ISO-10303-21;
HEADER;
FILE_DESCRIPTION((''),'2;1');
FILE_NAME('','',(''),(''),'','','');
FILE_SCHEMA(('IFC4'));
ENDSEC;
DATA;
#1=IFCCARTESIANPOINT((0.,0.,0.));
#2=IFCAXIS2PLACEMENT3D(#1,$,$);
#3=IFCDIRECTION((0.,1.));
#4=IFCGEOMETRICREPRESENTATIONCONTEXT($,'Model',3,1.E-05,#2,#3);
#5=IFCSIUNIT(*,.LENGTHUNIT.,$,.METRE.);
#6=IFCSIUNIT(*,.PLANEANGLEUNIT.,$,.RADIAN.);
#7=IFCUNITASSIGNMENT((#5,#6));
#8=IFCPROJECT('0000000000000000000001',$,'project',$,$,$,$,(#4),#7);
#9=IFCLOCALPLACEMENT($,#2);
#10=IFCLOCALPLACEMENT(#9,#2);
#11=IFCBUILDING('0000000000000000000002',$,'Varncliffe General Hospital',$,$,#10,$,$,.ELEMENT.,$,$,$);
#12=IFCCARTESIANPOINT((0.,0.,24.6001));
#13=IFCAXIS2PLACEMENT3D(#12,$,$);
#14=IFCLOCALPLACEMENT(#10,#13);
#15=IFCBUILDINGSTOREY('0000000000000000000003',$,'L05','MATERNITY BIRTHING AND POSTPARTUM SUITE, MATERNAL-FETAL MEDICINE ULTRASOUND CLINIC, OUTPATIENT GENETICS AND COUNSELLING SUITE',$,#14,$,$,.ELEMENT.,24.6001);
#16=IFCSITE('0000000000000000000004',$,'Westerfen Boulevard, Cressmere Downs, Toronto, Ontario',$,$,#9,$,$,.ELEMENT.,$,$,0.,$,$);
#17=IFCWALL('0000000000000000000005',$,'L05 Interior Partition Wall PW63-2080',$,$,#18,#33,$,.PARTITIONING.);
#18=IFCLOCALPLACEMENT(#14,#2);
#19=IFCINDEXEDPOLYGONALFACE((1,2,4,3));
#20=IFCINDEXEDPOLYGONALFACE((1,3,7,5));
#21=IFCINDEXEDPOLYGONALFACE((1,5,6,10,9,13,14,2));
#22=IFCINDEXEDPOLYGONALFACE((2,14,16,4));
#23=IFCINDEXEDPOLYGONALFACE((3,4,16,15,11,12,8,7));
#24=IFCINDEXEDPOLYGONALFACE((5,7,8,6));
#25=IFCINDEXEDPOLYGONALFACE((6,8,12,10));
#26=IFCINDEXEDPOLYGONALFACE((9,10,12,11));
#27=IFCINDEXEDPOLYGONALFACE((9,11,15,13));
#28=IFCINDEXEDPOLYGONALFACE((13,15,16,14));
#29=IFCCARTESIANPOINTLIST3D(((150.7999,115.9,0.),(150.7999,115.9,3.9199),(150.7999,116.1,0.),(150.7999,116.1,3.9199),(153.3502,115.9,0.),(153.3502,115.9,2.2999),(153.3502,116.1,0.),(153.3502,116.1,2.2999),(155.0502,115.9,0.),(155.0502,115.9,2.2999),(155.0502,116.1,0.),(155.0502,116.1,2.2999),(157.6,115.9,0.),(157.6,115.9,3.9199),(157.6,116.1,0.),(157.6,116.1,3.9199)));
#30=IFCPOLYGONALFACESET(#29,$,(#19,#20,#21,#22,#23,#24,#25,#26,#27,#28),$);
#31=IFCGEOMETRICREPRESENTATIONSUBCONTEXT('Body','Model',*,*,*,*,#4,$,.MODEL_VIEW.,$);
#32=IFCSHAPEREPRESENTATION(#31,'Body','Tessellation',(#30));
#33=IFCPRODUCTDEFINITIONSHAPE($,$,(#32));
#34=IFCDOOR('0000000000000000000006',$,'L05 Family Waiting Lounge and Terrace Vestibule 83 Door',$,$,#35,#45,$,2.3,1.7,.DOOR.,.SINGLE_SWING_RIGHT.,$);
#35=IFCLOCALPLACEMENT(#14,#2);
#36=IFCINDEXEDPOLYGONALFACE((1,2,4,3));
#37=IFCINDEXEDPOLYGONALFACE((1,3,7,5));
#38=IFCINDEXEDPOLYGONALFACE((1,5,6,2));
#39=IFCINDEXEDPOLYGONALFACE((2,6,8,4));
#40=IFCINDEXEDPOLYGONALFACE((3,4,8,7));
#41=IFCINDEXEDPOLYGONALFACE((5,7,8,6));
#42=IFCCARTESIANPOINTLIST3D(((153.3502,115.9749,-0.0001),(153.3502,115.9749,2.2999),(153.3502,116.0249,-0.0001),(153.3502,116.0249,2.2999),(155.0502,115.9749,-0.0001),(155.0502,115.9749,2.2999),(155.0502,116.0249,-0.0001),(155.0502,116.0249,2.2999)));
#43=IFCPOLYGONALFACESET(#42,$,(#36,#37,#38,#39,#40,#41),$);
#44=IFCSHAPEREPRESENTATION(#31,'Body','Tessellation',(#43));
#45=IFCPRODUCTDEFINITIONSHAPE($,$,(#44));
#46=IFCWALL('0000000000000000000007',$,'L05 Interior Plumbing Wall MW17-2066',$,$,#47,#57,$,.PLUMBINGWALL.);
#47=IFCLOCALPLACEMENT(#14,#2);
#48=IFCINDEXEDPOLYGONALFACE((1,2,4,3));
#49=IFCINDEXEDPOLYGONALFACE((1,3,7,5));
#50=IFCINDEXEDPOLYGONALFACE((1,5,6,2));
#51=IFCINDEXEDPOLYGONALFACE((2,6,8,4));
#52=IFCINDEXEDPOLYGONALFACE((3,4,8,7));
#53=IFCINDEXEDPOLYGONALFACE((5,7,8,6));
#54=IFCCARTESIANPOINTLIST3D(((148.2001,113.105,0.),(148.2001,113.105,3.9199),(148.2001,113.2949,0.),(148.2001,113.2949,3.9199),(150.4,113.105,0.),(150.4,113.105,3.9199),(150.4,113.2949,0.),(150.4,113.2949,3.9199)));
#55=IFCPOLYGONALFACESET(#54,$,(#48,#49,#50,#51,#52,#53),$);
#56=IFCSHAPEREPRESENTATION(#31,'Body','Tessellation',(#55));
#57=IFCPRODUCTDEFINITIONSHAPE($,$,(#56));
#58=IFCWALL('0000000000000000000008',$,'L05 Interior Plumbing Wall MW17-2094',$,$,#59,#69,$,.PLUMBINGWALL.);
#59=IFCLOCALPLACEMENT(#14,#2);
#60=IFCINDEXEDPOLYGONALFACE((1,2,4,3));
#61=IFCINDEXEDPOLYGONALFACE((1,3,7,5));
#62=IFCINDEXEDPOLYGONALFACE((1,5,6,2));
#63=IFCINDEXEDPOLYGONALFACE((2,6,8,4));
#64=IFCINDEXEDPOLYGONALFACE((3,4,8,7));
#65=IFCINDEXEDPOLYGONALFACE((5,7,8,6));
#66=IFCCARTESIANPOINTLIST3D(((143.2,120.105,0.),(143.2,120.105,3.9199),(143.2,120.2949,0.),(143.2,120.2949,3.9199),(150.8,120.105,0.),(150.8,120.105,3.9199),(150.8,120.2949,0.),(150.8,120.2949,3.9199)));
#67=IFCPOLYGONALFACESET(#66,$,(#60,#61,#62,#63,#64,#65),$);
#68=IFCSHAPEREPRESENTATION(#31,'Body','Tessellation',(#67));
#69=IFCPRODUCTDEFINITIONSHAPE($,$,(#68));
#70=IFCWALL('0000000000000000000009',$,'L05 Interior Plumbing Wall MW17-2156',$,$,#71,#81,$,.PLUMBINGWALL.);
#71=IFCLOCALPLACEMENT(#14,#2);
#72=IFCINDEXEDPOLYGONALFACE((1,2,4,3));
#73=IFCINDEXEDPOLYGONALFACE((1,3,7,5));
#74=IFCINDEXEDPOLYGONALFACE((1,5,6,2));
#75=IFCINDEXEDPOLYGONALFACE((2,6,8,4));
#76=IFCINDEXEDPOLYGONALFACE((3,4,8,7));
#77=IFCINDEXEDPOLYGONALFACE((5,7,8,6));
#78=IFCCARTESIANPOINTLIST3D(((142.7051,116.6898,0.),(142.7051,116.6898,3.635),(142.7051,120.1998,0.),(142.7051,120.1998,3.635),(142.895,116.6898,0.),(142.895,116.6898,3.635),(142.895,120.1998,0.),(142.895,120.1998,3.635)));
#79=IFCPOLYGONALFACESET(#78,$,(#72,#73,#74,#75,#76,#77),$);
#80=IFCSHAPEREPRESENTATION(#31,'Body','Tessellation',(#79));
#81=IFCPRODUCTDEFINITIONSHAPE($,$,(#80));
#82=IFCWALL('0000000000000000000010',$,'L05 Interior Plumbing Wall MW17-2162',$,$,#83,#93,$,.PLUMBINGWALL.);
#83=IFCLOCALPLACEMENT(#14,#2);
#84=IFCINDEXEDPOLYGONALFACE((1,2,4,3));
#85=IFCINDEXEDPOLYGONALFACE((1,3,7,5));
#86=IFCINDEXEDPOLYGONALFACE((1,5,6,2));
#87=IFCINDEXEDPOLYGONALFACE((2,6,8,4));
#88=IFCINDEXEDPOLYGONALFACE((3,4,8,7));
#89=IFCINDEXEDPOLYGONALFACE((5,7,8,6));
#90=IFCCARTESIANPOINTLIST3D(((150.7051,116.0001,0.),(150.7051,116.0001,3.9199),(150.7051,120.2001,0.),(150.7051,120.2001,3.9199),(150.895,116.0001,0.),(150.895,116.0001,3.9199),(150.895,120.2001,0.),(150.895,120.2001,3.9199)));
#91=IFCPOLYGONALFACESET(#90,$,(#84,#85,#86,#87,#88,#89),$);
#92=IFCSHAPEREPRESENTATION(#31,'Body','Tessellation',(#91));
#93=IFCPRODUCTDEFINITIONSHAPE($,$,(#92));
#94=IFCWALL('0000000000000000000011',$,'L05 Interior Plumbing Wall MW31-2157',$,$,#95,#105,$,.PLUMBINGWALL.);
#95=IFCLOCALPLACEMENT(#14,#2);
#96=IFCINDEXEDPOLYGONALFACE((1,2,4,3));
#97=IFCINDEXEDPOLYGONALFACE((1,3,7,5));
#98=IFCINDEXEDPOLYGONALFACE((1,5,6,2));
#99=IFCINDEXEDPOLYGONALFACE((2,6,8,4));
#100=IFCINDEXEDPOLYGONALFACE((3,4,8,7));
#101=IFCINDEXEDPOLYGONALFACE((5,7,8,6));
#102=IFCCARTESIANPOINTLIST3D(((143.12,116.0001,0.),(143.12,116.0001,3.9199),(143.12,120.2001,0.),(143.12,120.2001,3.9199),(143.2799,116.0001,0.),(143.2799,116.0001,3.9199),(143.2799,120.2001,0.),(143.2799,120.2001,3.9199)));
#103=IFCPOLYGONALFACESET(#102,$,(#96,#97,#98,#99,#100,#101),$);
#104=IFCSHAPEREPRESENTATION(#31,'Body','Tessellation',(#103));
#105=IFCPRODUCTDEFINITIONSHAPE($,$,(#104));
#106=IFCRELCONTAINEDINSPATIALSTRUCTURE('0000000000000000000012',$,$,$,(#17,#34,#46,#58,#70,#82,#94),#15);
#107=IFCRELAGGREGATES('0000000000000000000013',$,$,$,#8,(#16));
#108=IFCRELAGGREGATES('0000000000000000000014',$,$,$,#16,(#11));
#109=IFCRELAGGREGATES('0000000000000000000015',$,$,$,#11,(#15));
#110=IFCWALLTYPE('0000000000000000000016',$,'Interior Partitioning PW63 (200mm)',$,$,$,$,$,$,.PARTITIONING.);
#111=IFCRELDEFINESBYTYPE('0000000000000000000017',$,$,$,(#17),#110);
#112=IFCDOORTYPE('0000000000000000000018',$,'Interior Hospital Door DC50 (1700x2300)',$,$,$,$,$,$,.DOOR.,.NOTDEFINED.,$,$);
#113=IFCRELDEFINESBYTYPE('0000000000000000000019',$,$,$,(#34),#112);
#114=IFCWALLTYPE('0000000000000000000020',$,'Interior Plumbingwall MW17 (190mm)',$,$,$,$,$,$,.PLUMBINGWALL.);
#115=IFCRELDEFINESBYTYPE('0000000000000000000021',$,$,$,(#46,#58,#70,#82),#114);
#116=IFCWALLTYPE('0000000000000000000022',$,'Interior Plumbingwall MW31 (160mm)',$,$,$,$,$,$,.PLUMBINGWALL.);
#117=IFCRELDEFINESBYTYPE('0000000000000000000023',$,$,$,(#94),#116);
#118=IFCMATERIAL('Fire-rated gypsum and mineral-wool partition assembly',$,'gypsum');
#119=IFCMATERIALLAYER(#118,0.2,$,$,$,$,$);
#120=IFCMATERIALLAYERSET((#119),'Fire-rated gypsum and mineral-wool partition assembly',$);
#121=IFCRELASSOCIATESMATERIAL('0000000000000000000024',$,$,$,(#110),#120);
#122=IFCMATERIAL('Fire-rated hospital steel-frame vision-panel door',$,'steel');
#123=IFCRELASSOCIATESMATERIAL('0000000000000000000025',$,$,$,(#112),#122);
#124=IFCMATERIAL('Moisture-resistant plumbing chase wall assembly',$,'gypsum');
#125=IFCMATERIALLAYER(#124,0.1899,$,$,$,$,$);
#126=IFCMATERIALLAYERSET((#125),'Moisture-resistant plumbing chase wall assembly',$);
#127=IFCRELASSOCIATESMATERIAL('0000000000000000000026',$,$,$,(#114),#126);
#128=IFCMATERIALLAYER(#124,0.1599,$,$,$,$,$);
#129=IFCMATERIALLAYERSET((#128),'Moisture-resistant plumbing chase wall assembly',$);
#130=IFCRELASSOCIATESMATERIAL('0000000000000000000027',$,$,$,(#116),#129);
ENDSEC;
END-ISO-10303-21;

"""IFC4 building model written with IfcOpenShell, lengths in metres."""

from ifc_helpers import new_model, si_unit, direction, frame, frame_2d, origin, place, context, subcontext, project, spatial, rectangle, extrude, material, layer, layer_set, type_object, element, fill, save


model = new_model("IFC4")

# Units and contexts
model_context = context("Model", 3, precision=1e-05, world=origin(), true_north=direction((0.0, 1.0)))
body_context = subcontext(model_context, "Body", "Model", "MODEL_VIEW")
ifc_project = project(units=[si_unit("LENGTHUNIT", "METRE"), si_unit("PLANEANGLEUNIT", "RADIAN")], contexts=[model_context])

# Site, building, storey
site_placement = place(None, origin())
site = spatial("IfcSite", under=ifc_project, at=site_placement, Name="Westerfen Boulevard, Cressmere Downs, Toronto, Ontario", CompositionType="ELEMENT", RefElevation=0.0)
building_placement = place(site_placement, origin())
building = spatial("IfcBuilding", under=site, at=building_placement, Name="Varncliffe General Hospital", CompositionType="ELEMENT")
storey_placement = place(building_placement, frame((0.0, 0.0, 24.6001)))
storey = spatial("IfcBuildingStorey", under=building, at=storey_placement, Name="L05", Description="MATERNITY BIRTHING AND POSTPARTUM SUITE, MATERNAL-FETAL MEDICINE ULTRASOUND CLINIC, OUTPATIENT GENETICS AND COUNSELLING SUITE", CompositionType="ELEMENT", Elevation=24.6001)

# Wall, opening, door
ifc_material_1 = material(Name="Fire-rated gypsum and mineral-wool partition assembly", Category="gypsum")
ifc_layer_1 = layer(ifc_material_1, 0.2)
ifc_layer_set_1 = layer_set([ifc_layer_1], Name="Fire-rated gypsum and mineral-wool partition assembly")
wall_type_1 = type_object("IfcWallType", Name="Interior Partitioning PW63 (200mm)", PredefinedType="PARTITIONING", material=ifc_layer_set_1)
ifc_material_2 = material(Name="Fire-rated hospital steel-frame vision-panel door", Category="steel")
wall_1_placement = place(storey_placement, frame((150.8, 116.0, 0.0), z_axis=(0.0, 0.0, 1.0), x_axis=(1.0, 0.0, 0.0)))
wall_1 = element("IfcWall", 1, at=wall_1_placement, inside=storey, type_object=wall_type_1, Name="L05 Interior Partition Wall PW63-2080", PredefinedType="PARTITIONING", context=body_context, shape_type="SweptSolid", body=[
    extrude(rectangle(XDim=6.8, YDim=0.2, at=frame_2d((3.3999, 0.0))), origin(), (0.0, 0.0, 1.0), 3.9199),
])
opening_1_placement = place(wall_1_placement, frame((2.55, 0.0, 0.0)))
opening_1 = element("IfcOpeningElement", 2, at=opening_1_placement, cuts=wall_1, PredefinedType="OPENING", context=body_context, shape_type="SweptSolid", body=[
    extrude(rectangle(XDim=1.7, YDim=2.3, at=frame_2d((0.8501, 1.1499))), frame((0.0, 0.1099, 0.0), z_axis=(0.0, -1.0, 0.0), x_axis=(1.0, 0.0, 0.0)), (0.0, 0.0, 1.0), 0.22),
])
door_type_1 = type_object("IfcDoorType", Name="Interior Hospital Door DC50 (1700x2300)", OperationType="NOTDEFINED", PredefinedType="DOOR", material=ifc_material_2)
door_1_placement = place(opening_1_placement, origin())
door_1 = element("IfcDoor", 3, at=door_1_placement, inside=storey, type_object=door_type_1, Name="L05 Family Waiting Lounge and Terrace Vestibule 83 Door", OperationType="SINGLE_SWING_RIGHT", OverallHeight=2.3, OverallWidth=1.7, PredefinedType="DOOR", context=body_context, shape_type="SweptSolid", body=[
    extrude(rectangle(XDim=1.7, YDim=2.3, at=frame_2d((0.8501, 1.1499))), frame((0.0, 0.0249, 0.0), z_axis=(0.0, -1.0, 0.0), x_axis=(1.0, 0.0, 0.0)), (0.0, 0.0, 1.0), 0.05),
])
fill(opening_1, door_1)

# Walls
ifc_material_3 = material(Name="Moisture-resistant plumbing chase wall assembly", Category="gypsum")
ifc_layer_2 = layer(ifc_material_3, 0.1899)
ifc_layer_set_2 = layer_set([ifc_layer_2], Name="Moisture-resistant plumbing chase wall assembly")
wall_type_2 = type_object("IfcWallType", Name="Interior Plumbingwall MW17 (190mm)", PredefinedType="PLUMBINGWALL", material=ifc_layer_set_2)
wall_2_placement = place(storey_placement, frame((148.2, 113.2, 0.0), z_axis=(0.0, 0.0, 1.0), x_axis=(1.0, 0.0, 0.0)))
element("IfcWall", 4, at=wall_2_placement, inside=storey, type_object=wall_type_2, Name="L05 Interior Plumbing Wall MW17-2066", PredefinedType="PLUMBINGWALL", context=body_context, shape_type="SweptSolid", body=[
    extrude(rectangle(XDim=2.2, YDim=0.1899, at=frame_2d((1.1001, 0.0))), origin(), (0.0, 0.0, 1.0), 3.9199),
])
wall_3_placement = place(storey_placement, frame((143.2, 120.2, 0.0), z_axis=(0.0, 0.0, 1.0), x_axis=(1.0, 0.0, 0.0)))
element("IfcWall", 5, at=wall_3_placement, inside=storey, type_object=wall_type_2, Name="L05 Interior Plumbing Wall MW17-2094", PredefinedType="PLUMBINGWALL", context=body_context, shape_type="SweptSolid", body=[
    extrude(rectangle(XDim=7.6001, YDim=0.1899, at=frame_2d((3.8, 0.0))), origin(), (0.0, 0.0, 1.0), 3.9199),
])
wall_4_placement = place(storey_placement, frame((142.8, 116.6899, 0.0), z_axis=(0.0, 0.0, 1.0), x_axis=(0.0, 1.0, 0.0)))
element("IfcWall", 6, at=wall_4_placement, inside=storey, type_object=wall_type_2, Name="L05 Interior Plumbing Wall MW17-2156", PredefinedType="PLUMBINGWALL", context=body_context, shape_type="SweptSolid", body=[
    extrude(rectangle(XDim=3.51, YDim=0.1899, at=frame_2d((1.7549, 0.0))), origin(), (0.0, 0.0, 1.0), 3.635),
])
wall_5_placement = place(storey_placement, frame((150.8, 116.0, 0.0), z_axis=(0.0, 0.0, 1.0), x_axis=(0.0, 1.0, 0.0)))
element("IfcWall", 7, at=wall_5_placement, inside=storey, type_object=wall_type_2, Name="L05 Interior Plumbing Wall MW17-2162", PredefinedType="PLUMBINGWALL", context=body_context, shape_type="SweptSolid", body=[
    extrude(rectangle(XDim=4.2, YDim=0.1899, at=frame_2d((2.1001, 0.0))), origin(), (0.0, 0.0, 1.0), 3.9199),
])
ifc_layer_3 = layer(ifc_material_3, 0.1599)
ifc_layer_set_3 = layer_set([ifc_layer_3], Name="Moisture-resistant plumbing chase wall assembly")
wall_type_3 = type_object("IfcWallType", Name="Interior Plumbingwall MW31 (160mm)", PredefinedType="PLUMBINGWALL", material=ifc_layer_set_3)
wall_6_placement = place(storey_placement, frame((143.2, 116.0, 0.0), z_axis=(0.0, 0.0, 1.0), x_axis=(0.0, 1.0, 0.0)))
element("IfcWall", 8, at=wall_6_placement, inside=storey, type_object=wall_type_3, Name="L05 Interior Plumbing Wall MW31-2157", PredefinedType="PLUMBINGWALL", context=body_context, shape_type="SweptSolid", body=[
    extrude(rectangle(XDim=4.2, YDim=0.1599, at=frame_2d((2.1001, 0.0))), origin(), (0.0, 0.0, 1.0), 3.9199),
])

save(model, "model.ifc")
